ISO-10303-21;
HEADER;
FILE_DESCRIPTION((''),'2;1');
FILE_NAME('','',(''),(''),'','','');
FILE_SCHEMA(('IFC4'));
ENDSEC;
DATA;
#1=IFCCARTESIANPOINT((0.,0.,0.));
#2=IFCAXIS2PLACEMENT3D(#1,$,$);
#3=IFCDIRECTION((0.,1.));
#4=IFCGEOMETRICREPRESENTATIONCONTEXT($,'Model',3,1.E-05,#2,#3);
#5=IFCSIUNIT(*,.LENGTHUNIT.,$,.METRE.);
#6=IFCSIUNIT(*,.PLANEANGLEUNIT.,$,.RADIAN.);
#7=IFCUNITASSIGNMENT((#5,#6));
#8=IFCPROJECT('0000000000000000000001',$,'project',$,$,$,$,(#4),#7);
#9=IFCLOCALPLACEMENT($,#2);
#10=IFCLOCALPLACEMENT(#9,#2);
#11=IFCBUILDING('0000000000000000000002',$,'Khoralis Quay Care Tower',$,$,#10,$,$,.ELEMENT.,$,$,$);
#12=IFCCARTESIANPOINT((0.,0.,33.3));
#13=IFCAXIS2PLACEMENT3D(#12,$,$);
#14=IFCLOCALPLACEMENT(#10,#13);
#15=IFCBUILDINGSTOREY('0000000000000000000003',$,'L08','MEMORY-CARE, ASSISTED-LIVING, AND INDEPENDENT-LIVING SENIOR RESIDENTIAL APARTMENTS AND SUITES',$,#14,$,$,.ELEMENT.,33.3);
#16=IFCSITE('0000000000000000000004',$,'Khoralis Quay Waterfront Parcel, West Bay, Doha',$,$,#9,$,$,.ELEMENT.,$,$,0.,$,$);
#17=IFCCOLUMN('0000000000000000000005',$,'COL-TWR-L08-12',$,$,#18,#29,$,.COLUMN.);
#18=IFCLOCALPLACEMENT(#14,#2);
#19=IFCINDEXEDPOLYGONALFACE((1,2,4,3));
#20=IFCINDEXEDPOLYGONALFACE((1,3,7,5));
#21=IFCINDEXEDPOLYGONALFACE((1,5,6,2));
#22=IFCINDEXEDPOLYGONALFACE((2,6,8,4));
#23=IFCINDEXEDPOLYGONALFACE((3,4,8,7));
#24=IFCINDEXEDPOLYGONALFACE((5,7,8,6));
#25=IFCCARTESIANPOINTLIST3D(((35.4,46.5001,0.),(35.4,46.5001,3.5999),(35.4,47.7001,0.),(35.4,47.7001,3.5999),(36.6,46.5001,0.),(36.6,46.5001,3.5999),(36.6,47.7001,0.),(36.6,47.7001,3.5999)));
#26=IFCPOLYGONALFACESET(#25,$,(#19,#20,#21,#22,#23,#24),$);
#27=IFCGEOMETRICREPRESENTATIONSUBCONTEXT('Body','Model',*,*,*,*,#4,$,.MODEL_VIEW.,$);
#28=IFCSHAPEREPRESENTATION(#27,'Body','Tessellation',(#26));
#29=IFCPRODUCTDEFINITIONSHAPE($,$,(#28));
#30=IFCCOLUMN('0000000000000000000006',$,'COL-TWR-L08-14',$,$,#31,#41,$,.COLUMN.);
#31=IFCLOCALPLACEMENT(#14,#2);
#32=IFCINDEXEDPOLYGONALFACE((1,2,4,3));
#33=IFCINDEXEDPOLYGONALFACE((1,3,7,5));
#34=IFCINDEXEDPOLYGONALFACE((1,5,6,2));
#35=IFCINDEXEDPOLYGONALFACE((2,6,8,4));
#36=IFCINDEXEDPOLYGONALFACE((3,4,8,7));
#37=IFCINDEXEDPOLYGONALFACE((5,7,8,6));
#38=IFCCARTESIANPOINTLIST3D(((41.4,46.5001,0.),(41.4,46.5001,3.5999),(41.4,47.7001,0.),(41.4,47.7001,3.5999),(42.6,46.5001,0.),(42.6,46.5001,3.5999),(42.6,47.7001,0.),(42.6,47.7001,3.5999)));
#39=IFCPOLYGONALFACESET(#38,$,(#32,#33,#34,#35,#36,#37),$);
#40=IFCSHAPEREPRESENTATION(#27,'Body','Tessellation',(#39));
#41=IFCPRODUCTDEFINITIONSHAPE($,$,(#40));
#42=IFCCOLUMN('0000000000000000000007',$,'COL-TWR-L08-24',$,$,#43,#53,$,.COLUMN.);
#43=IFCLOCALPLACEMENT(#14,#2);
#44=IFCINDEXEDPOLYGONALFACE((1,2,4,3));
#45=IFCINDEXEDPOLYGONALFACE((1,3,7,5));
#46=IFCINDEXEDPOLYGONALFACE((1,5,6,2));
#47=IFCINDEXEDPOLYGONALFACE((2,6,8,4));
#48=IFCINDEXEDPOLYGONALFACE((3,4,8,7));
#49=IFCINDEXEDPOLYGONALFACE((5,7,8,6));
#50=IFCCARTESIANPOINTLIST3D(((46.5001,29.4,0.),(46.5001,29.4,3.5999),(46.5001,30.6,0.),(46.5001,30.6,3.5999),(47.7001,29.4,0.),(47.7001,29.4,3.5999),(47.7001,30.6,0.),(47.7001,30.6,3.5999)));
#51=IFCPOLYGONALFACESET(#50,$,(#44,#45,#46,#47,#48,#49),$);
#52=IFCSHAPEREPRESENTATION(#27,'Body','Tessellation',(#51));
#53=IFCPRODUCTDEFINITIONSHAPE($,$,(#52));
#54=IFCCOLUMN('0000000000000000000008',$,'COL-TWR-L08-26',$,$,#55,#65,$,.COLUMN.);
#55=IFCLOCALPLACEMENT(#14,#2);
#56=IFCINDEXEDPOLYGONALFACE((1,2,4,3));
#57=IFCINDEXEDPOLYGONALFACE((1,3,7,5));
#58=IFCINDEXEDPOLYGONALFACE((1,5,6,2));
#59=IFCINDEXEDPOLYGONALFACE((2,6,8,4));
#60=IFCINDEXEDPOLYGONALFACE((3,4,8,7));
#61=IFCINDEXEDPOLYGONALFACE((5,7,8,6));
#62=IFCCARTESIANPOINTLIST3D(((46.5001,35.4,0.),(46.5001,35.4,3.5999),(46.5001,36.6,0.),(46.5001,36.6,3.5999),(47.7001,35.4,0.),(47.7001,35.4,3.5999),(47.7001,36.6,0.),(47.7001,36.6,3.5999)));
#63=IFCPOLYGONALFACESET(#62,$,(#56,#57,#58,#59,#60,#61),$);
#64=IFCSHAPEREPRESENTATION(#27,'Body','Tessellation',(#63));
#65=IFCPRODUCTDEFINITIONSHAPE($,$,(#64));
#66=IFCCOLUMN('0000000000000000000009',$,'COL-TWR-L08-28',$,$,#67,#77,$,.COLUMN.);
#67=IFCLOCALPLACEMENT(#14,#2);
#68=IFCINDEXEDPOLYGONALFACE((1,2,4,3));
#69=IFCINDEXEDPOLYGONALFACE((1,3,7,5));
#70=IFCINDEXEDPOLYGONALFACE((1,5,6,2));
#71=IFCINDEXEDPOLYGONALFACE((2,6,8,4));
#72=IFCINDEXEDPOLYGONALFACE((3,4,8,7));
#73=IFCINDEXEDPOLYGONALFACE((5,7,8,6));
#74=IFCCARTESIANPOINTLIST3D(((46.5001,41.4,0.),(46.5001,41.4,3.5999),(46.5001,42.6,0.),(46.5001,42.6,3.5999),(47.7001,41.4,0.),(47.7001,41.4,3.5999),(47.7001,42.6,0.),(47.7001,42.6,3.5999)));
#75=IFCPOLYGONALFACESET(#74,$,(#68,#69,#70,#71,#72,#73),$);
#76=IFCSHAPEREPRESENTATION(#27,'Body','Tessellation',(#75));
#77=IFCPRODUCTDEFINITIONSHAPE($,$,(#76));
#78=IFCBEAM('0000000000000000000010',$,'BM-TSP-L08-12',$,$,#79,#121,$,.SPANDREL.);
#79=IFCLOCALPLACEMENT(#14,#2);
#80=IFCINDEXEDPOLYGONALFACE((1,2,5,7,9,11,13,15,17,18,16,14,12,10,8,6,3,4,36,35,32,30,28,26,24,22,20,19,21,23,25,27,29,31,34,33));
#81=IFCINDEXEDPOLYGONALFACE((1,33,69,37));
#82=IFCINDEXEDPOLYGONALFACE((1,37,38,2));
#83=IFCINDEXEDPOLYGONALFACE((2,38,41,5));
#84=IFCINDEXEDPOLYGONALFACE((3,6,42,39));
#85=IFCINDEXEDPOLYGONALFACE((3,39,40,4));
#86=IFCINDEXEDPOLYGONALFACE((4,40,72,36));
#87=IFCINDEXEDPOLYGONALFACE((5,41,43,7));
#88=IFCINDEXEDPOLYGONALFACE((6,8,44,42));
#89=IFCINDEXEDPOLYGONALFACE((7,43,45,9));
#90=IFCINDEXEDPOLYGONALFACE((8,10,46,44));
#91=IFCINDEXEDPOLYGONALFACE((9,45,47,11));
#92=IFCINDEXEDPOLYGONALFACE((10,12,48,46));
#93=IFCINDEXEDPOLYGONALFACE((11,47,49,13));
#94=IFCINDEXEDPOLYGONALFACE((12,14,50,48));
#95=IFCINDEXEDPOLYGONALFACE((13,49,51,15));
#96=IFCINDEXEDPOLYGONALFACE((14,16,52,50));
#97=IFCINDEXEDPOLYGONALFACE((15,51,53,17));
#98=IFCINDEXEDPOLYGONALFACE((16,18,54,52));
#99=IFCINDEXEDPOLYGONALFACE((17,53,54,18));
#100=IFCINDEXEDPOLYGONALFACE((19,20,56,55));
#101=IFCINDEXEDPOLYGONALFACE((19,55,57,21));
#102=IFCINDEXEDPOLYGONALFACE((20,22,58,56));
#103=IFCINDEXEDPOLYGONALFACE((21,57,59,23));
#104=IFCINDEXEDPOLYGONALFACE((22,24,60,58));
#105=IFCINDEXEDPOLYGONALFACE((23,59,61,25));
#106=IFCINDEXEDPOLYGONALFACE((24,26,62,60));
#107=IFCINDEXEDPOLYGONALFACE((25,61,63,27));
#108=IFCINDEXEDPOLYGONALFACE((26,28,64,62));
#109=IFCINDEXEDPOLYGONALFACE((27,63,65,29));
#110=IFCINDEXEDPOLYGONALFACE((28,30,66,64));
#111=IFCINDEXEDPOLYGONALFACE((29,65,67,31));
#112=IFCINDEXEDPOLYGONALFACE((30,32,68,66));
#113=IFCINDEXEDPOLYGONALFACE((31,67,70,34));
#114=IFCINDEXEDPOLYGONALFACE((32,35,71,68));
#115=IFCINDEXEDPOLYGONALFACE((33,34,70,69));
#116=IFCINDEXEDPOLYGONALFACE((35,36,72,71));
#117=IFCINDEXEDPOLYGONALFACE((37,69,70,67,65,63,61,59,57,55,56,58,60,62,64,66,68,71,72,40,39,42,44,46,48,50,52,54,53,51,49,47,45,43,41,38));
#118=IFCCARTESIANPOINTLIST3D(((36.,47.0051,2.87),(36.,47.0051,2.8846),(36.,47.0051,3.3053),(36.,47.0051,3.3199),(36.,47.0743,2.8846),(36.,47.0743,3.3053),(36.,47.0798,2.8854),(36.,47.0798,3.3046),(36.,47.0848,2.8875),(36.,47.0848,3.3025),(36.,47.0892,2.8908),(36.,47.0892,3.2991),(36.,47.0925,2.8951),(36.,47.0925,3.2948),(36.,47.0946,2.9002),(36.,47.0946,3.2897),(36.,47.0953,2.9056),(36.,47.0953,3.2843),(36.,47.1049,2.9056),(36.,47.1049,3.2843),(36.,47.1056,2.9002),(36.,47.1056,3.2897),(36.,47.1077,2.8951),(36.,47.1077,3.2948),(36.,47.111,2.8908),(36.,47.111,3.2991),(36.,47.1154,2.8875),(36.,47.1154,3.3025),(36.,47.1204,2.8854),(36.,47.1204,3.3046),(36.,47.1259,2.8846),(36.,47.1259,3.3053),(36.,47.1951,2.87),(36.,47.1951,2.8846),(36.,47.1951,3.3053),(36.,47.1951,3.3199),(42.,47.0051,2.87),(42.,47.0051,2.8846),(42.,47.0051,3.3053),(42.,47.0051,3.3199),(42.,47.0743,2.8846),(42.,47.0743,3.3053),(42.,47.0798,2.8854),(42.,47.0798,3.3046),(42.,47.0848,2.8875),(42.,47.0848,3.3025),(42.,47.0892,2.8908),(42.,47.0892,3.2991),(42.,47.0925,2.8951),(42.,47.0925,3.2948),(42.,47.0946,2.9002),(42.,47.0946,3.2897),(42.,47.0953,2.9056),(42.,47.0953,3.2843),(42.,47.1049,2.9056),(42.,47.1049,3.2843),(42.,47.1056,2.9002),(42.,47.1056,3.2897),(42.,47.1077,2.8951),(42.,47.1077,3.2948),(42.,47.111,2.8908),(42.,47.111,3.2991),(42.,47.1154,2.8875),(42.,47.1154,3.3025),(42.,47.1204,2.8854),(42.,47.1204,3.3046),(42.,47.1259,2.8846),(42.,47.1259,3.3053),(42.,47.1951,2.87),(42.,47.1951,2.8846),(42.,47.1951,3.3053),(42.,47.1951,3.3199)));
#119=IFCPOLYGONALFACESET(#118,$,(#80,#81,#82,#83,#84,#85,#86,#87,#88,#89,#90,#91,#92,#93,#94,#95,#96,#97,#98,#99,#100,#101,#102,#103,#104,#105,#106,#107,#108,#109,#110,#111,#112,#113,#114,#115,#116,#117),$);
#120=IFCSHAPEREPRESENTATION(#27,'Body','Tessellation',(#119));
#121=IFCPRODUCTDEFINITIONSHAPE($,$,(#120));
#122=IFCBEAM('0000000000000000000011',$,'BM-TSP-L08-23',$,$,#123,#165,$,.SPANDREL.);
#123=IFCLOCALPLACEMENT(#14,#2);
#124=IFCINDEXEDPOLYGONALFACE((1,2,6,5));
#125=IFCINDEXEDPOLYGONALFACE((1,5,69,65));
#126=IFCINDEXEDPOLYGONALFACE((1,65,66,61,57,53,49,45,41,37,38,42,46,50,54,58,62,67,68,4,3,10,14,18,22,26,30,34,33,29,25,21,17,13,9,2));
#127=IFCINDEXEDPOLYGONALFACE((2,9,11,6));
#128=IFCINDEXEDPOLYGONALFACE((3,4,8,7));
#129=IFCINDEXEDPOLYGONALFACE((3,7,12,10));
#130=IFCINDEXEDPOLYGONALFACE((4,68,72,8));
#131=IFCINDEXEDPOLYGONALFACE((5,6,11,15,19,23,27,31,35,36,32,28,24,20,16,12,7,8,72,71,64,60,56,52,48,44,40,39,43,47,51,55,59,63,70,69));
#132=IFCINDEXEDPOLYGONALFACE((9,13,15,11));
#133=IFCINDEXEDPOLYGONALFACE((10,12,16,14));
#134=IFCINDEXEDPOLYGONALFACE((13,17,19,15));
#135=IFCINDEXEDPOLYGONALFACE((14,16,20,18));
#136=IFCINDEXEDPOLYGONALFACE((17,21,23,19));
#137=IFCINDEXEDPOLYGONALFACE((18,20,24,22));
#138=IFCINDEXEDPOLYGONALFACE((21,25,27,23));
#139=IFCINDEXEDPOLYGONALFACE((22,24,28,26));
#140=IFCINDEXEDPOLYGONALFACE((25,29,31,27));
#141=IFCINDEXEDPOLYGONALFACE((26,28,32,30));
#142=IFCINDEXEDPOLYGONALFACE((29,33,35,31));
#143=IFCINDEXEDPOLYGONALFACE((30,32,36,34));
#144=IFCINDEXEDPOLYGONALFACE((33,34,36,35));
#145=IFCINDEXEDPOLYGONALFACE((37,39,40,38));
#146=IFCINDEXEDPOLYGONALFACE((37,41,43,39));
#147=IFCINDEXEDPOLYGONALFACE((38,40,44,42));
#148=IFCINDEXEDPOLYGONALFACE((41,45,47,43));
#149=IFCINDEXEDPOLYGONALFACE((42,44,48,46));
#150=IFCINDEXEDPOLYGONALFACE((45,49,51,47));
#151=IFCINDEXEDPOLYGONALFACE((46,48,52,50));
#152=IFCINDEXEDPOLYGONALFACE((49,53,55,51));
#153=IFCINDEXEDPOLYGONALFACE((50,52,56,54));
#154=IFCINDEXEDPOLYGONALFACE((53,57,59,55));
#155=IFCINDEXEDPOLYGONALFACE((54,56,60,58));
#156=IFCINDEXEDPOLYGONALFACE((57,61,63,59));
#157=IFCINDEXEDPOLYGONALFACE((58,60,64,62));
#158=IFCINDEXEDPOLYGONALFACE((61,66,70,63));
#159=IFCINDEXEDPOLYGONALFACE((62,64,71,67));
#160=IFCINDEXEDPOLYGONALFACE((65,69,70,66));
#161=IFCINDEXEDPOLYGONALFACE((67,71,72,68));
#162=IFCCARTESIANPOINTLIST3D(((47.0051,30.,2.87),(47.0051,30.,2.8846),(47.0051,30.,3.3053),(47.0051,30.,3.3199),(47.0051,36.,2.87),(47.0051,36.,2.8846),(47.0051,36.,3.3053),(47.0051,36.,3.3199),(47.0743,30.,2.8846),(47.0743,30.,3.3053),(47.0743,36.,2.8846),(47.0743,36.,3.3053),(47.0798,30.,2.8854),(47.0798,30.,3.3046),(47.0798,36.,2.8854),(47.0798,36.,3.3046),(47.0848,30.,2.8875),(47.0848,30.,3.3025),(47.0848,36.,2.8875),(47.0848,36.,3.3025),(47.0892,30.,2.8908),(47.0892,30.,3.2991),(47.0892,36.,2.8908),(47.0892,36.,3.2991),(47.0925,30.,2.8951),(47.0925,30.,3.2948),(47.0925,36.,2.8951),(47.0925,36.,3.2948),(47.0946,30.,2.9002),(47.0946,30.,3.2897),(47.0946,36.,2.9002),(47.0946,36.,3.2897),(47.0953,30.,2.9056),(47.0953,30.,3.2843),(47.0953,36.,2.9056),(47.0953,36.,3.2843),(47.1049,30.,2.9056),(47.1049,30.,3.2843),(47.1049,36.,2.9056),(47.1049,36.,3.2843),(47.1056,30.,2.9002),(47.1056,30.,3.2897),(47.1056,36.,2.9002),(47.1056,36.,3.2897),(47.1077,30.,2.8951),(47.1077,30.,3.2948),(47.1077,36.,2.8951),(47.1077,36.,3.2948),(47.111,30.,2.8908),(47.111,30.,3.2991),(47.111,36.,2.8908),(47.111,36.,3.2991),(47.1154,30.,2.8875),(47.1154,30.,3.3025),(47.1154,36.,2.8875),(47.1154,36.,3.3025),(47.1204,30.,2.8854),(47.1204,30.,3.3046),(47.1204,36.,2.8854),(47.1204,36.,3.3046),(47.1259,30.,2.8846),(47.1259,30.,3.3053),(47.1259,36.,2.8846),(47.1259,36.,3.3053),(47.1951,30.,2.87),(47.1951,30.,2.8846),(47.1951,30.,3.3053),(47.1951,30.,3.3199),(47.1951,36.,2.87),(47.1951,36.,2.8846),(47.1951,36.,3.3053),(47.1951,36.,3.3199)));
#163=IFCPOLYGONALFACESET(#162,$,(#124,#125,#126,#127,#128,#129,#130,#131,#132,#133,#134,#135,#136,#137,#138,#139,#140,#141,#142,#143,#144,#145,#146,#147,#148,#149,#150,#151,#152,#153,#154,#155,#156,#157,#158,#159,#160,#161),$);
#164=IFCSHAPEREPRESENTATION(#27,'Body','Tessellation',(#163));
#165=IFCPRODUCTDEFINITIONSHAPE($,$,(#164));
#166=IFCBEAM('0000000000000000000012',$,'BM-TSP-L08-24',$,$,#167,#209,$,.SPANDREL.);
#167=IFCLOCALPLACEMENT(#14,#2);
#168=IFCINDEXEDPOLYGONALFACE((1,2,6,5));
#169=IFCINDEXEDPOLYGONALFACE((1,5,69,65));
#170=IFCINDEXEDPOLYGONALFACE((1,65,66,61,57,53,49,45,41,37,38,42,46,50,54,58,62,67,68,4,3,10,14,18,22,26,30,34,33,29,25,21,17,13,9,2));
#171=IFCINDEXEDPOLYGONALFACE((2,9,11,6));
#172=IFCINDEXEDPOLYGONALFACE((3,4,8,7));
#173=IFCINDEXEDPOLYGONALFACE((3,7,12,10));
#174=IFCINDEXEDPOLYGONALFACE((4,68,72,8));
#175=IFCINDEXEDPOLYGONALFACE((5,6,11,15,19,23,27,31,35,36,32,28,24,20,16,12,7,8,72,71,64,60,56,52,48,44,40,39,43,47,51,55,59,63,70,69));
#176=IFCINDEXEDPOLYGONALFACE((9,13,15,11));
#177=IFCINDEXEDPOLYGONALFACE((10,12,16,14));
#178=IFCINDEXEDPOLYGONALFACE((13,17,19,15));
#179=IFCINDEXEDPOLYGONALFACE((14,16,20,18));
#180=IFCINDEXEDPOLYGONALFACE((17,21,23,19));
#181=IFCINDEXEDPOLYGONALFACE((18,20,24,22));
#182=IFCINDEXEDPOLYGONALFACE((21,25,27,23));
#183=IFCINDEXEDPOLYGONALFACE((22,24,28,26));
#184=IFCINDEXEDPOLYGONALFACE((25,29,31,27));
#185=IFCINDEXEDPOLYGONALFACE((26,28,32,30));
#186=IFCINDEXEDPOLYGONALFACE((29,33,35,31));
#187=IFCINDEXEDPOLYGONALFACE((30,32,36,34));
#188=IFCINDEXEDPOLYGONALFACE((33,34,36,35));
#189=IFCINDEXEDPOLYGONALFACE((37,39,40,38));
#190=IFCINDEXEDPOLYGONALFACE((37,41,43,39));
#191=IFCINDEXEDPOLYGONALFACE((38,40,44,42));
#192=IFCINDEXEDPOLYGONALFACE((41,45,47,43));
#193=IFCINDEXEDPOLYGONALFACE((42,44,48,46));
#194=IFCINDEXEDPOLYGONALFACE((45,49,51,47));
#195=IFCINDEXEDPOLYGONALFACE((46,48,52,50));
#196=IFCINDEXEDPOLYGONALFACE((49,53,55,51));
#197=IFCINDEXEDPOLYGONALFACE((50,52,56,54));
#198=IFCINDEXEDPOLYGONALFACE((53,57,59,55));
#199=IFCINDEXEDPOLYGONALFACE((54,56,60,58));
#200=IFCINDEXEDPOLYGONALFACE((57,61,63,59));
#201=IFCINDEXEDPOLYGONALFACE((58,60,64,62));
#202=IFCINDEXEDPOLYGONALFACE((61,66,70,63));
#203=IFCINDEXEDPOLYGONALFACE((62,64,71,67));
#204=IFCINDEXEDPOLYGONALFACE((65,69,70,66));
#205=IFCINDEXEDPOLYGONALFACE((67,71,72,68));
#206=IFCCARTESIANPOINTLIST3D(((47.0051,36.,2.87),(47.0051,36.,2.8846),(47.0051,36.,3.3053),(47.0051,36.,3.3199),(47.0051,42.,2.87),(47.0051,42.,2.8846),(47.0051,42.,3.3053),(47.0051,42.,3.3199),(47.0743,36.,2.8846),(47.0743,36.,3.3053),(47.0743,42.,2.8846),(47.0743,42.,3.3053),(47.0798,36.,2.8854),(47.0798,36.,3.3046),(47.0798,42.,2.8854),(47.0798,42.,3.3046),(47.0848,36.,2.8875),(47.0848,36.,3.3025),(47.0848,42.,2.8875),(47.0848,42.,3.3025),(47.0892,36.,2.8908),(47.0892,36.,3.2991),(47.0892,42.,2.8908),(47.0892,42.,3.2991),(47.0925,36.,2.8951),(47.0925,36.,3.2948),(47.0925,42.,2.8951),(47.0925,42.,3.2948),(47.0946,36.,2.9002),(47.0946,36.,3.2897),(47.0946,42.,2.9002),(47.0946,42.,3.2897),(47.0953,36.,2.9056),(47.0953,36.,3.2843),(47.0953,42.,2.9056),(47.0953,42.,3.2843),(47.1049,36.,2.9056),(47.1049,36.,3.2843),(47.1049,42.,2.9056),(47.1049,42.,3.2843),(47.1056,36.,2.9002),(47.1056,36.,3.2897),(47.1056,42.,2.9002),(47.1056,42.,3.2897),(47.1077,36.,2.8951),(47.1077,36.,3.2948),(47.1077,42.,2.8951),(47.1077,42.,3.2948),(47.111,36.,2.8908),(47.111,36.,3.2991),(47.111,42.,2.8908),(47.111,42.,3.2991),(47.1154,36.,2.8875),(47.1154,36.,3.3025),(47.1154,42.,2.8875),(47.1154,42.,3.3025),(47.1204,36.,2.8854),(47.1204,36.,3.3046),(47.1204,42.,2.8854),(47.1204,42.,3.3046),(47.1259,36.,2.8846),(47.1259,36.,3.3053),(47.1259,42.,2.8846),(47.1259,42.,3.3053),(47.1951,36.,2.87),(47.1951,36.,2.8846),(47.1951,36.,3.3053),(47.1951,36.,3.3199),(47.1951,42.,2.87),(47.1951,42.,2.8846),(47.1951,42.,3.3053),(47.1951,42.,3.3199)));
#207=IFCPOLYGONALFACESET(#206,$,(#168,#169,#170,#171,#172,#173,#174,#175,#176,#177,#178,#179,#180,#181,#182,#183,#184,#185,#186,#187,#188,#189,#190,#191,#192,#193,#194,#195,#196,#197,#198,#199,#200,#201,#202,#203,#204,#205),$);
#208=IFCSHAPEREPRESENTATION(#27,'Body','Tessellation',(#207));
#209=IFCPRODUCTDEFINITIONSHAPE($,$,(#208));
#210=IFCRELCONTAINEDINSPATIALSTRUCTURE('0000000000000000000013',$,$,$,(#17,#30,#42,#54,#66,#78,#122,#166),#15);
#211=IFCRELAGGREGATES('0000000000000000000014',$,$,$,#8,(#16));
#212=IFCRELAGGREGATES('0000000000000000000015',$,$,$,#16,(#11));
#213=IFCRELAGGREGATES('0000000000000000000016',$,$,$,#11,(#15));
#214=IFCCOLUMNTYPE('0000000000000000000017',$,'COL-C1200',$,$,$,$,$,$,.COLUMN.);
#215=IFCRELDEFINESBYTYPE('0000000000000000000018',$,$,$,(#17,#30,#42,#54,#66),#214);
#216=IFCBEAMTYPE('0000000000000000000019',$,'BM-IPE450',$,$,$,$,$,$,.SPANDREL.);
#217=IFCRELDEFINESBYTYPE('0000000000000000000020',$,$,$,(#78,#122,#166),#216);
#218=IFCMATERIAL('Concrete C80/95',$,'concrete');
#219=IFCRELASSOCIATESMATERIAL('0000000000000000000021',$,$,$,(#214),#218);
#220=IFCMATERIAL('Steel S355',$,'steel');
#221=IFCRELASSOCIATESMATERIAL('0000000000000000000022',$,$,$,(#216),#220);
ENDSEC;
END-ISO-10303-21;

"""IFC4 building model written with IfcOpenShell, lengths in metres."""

from ifc_helpers import new_model, si_unit, direction, frame, origin, origin_2d, place, context, subcontext, project, spatial, rectangle, i_section, extrude, source, transform, mapped, material, material_profile, profile_set, type_object, element, save


model = new_model("IFC4")

# Units and contexts
model_context = context("Model", 3, precision=1e-05, world=origin(), true_north=direction((0.0, 1.0)))
body_context = subcontext(model_context, "Body", "Model", "MODEL_VIEW")
ifc_project = project(units=[si_unit("LENGTHUNIT", "METRE"), si_unit("PLANEANGLEUNIT", "RADIAN")], contexts=[model_context])

# Site, building, storey
site_placement = place(None, origin())
site = spatial("IfcSite", under=ifc_project, at=site_placement, Name="Khoralis Quay Waterfront Parcel, West Bay, Doha", CompositionType="ELEMENT", RefElevation=0.0)
building_placement = place(site_placement, origin())
building = spatial("IfcBuilding", under=site, at=building_placement, Name="Khoralis Quay Care Tower", CompositionType="ELEMENT")
storey_placement = place(building_placement, frame((0.0, 0.0, 33.3)))
storey = spatial("IfcBuildingStorey", under=building, at=storey_placement, Name="L08", Description="MEMORY-CARE, ASSISTED-LIVING, AND INDEPENDENT-LIVING SENIOR RESIDENTIAL APARTMENTS AND SUITES", CompositionType="ELEMENT", Elevation=33.3)

# Columns
ifc_material_1 = material(Name="Concrete C80/95", Category="concrete")
ifc_material_profile_1 = material_profile(ifc_material_1, rectangle(XDim=1.2, YDim=1.2, at=origin_2d()), Name="Concrete C80/95")
ifc_profile_set_1 = profile_set([ifc_material_profile_1], Name="Concrete C80/95")
column_type = type_object("IfcColumnType", Name="COL-C1200", PredefinedType="COLUMN", material=ifc_profile_set_1)
shared_shape_1 = source(origin(), body_context, "Body", "SweptSolid", [
    extrude(rectangle(XDim=1.2, YDim=1.2, at=origin_2d()), origin(), (0.0, 0.0, 1.0), 3.5999),
])
for number, where, z_axis, x_axis, name in (
    (1, (36.0, 47.1001, 0.0), (0.0, 0.0, 1.0), (1.0, 0.0, 0.0), "COL-TWR-L08-12"),
    (2, (42.0, 47.1001, 0.0), (0.0, 0.0, 1.0), (1.0, 0.0, 0.0), "COL-TWR-L08-14"),
    (3, (47.1001, 30.0, 0.0), (0.0, 0.0, 1.0), (1.0, 0.0, 0.0), "COL-TWR-L08-24"),
    (4, (47.1001, 36.0, 0.0), (0.0, 0.0, 1.0), (1.0, 0.0, 0.0), "COL-TWR-L08-26"),
    (5, (47.1001, 42.0, 0.0), (0.0, 0.0, 1.0), (1.0, 0.0, 0.0), "COL-TWR-L08-28"),
):
    element("IfcColumn", number, at=place(storey_placement, frame(where, z_axis=z_axis, x_axis=x_axis)), inside=storey, type_object=column_type, Name=name, PredefinedType="COLUMN", context=body_context, shape_type="MappedRepresentation", body=[
        mapped(shared_shape_1, transform((0.0, 0.0, 0.0), scale=1.0)),
    ])

# Beams
ifc_material_2 = material(Name="Steel S355", Category="steel")
ifc_material_profile_2 = material_profile(ifc_material_2, i_section(OverallWidth=0.1899, OverallDepth=0.45, WebThickness=0.0095, FlangeThickness=0.0146, FilletRadius=0.021, at=origin_2d()), Name="Steel S355")
ifc_profile_set_2 = profile_set([ifc_material_profile_2], Name="Steel S355")
beam_type = type_object("IfcBeamType", Name="BM-IPE450", PredefinedType="SPANDREL", material=ifc_profile_set_2)
shared_shape_2 = source(origin(), body_context, "Body", "SweptSolid", [
    extrude(i_section(OverallWidth=0.1899, OverallDepth=0.45, WebThickness=0.0095, FlangeThickness=0.0146, FilletRadius=0.021, at=origin_2d()), origin(), (0.0, 0.0, 1.0), 6.0),
])
for number, where, z_axis, x_axis, name in (
    (6, (36.0, 47.1001, 3.095), (1.0, 0.0, 0.0), (0.0, 1.0, 0.0), "BM-TSP-L08-12"),
    (7, (47.1001, 30.0, 3.095), (0.0, 1.0, 0.0), (-1.0, 0.0, 0.0), "BM-TSP-L08-23"),
    (8, (47.1001, 36.0, 3.095), (0.0, 1.0, 0.0), (-1.0, 0.0, 0.0), "BM-TSP-L08-24"),
):
    element("IfcBeam", number, at=place(storey_placement, frame(where, z_axis=z_axis, x_axis=x_axis)), inside=storey, type_object=beam_type, Name=name, PredefinedType="SPANDREL", context=body_context, shape_type="MappedRepresentation", body=[
        mapped(shared_shape_2, transform((0.0, 0.0, 0.0), scale=1.0)),
    ])

save(model, "model.ifc")
